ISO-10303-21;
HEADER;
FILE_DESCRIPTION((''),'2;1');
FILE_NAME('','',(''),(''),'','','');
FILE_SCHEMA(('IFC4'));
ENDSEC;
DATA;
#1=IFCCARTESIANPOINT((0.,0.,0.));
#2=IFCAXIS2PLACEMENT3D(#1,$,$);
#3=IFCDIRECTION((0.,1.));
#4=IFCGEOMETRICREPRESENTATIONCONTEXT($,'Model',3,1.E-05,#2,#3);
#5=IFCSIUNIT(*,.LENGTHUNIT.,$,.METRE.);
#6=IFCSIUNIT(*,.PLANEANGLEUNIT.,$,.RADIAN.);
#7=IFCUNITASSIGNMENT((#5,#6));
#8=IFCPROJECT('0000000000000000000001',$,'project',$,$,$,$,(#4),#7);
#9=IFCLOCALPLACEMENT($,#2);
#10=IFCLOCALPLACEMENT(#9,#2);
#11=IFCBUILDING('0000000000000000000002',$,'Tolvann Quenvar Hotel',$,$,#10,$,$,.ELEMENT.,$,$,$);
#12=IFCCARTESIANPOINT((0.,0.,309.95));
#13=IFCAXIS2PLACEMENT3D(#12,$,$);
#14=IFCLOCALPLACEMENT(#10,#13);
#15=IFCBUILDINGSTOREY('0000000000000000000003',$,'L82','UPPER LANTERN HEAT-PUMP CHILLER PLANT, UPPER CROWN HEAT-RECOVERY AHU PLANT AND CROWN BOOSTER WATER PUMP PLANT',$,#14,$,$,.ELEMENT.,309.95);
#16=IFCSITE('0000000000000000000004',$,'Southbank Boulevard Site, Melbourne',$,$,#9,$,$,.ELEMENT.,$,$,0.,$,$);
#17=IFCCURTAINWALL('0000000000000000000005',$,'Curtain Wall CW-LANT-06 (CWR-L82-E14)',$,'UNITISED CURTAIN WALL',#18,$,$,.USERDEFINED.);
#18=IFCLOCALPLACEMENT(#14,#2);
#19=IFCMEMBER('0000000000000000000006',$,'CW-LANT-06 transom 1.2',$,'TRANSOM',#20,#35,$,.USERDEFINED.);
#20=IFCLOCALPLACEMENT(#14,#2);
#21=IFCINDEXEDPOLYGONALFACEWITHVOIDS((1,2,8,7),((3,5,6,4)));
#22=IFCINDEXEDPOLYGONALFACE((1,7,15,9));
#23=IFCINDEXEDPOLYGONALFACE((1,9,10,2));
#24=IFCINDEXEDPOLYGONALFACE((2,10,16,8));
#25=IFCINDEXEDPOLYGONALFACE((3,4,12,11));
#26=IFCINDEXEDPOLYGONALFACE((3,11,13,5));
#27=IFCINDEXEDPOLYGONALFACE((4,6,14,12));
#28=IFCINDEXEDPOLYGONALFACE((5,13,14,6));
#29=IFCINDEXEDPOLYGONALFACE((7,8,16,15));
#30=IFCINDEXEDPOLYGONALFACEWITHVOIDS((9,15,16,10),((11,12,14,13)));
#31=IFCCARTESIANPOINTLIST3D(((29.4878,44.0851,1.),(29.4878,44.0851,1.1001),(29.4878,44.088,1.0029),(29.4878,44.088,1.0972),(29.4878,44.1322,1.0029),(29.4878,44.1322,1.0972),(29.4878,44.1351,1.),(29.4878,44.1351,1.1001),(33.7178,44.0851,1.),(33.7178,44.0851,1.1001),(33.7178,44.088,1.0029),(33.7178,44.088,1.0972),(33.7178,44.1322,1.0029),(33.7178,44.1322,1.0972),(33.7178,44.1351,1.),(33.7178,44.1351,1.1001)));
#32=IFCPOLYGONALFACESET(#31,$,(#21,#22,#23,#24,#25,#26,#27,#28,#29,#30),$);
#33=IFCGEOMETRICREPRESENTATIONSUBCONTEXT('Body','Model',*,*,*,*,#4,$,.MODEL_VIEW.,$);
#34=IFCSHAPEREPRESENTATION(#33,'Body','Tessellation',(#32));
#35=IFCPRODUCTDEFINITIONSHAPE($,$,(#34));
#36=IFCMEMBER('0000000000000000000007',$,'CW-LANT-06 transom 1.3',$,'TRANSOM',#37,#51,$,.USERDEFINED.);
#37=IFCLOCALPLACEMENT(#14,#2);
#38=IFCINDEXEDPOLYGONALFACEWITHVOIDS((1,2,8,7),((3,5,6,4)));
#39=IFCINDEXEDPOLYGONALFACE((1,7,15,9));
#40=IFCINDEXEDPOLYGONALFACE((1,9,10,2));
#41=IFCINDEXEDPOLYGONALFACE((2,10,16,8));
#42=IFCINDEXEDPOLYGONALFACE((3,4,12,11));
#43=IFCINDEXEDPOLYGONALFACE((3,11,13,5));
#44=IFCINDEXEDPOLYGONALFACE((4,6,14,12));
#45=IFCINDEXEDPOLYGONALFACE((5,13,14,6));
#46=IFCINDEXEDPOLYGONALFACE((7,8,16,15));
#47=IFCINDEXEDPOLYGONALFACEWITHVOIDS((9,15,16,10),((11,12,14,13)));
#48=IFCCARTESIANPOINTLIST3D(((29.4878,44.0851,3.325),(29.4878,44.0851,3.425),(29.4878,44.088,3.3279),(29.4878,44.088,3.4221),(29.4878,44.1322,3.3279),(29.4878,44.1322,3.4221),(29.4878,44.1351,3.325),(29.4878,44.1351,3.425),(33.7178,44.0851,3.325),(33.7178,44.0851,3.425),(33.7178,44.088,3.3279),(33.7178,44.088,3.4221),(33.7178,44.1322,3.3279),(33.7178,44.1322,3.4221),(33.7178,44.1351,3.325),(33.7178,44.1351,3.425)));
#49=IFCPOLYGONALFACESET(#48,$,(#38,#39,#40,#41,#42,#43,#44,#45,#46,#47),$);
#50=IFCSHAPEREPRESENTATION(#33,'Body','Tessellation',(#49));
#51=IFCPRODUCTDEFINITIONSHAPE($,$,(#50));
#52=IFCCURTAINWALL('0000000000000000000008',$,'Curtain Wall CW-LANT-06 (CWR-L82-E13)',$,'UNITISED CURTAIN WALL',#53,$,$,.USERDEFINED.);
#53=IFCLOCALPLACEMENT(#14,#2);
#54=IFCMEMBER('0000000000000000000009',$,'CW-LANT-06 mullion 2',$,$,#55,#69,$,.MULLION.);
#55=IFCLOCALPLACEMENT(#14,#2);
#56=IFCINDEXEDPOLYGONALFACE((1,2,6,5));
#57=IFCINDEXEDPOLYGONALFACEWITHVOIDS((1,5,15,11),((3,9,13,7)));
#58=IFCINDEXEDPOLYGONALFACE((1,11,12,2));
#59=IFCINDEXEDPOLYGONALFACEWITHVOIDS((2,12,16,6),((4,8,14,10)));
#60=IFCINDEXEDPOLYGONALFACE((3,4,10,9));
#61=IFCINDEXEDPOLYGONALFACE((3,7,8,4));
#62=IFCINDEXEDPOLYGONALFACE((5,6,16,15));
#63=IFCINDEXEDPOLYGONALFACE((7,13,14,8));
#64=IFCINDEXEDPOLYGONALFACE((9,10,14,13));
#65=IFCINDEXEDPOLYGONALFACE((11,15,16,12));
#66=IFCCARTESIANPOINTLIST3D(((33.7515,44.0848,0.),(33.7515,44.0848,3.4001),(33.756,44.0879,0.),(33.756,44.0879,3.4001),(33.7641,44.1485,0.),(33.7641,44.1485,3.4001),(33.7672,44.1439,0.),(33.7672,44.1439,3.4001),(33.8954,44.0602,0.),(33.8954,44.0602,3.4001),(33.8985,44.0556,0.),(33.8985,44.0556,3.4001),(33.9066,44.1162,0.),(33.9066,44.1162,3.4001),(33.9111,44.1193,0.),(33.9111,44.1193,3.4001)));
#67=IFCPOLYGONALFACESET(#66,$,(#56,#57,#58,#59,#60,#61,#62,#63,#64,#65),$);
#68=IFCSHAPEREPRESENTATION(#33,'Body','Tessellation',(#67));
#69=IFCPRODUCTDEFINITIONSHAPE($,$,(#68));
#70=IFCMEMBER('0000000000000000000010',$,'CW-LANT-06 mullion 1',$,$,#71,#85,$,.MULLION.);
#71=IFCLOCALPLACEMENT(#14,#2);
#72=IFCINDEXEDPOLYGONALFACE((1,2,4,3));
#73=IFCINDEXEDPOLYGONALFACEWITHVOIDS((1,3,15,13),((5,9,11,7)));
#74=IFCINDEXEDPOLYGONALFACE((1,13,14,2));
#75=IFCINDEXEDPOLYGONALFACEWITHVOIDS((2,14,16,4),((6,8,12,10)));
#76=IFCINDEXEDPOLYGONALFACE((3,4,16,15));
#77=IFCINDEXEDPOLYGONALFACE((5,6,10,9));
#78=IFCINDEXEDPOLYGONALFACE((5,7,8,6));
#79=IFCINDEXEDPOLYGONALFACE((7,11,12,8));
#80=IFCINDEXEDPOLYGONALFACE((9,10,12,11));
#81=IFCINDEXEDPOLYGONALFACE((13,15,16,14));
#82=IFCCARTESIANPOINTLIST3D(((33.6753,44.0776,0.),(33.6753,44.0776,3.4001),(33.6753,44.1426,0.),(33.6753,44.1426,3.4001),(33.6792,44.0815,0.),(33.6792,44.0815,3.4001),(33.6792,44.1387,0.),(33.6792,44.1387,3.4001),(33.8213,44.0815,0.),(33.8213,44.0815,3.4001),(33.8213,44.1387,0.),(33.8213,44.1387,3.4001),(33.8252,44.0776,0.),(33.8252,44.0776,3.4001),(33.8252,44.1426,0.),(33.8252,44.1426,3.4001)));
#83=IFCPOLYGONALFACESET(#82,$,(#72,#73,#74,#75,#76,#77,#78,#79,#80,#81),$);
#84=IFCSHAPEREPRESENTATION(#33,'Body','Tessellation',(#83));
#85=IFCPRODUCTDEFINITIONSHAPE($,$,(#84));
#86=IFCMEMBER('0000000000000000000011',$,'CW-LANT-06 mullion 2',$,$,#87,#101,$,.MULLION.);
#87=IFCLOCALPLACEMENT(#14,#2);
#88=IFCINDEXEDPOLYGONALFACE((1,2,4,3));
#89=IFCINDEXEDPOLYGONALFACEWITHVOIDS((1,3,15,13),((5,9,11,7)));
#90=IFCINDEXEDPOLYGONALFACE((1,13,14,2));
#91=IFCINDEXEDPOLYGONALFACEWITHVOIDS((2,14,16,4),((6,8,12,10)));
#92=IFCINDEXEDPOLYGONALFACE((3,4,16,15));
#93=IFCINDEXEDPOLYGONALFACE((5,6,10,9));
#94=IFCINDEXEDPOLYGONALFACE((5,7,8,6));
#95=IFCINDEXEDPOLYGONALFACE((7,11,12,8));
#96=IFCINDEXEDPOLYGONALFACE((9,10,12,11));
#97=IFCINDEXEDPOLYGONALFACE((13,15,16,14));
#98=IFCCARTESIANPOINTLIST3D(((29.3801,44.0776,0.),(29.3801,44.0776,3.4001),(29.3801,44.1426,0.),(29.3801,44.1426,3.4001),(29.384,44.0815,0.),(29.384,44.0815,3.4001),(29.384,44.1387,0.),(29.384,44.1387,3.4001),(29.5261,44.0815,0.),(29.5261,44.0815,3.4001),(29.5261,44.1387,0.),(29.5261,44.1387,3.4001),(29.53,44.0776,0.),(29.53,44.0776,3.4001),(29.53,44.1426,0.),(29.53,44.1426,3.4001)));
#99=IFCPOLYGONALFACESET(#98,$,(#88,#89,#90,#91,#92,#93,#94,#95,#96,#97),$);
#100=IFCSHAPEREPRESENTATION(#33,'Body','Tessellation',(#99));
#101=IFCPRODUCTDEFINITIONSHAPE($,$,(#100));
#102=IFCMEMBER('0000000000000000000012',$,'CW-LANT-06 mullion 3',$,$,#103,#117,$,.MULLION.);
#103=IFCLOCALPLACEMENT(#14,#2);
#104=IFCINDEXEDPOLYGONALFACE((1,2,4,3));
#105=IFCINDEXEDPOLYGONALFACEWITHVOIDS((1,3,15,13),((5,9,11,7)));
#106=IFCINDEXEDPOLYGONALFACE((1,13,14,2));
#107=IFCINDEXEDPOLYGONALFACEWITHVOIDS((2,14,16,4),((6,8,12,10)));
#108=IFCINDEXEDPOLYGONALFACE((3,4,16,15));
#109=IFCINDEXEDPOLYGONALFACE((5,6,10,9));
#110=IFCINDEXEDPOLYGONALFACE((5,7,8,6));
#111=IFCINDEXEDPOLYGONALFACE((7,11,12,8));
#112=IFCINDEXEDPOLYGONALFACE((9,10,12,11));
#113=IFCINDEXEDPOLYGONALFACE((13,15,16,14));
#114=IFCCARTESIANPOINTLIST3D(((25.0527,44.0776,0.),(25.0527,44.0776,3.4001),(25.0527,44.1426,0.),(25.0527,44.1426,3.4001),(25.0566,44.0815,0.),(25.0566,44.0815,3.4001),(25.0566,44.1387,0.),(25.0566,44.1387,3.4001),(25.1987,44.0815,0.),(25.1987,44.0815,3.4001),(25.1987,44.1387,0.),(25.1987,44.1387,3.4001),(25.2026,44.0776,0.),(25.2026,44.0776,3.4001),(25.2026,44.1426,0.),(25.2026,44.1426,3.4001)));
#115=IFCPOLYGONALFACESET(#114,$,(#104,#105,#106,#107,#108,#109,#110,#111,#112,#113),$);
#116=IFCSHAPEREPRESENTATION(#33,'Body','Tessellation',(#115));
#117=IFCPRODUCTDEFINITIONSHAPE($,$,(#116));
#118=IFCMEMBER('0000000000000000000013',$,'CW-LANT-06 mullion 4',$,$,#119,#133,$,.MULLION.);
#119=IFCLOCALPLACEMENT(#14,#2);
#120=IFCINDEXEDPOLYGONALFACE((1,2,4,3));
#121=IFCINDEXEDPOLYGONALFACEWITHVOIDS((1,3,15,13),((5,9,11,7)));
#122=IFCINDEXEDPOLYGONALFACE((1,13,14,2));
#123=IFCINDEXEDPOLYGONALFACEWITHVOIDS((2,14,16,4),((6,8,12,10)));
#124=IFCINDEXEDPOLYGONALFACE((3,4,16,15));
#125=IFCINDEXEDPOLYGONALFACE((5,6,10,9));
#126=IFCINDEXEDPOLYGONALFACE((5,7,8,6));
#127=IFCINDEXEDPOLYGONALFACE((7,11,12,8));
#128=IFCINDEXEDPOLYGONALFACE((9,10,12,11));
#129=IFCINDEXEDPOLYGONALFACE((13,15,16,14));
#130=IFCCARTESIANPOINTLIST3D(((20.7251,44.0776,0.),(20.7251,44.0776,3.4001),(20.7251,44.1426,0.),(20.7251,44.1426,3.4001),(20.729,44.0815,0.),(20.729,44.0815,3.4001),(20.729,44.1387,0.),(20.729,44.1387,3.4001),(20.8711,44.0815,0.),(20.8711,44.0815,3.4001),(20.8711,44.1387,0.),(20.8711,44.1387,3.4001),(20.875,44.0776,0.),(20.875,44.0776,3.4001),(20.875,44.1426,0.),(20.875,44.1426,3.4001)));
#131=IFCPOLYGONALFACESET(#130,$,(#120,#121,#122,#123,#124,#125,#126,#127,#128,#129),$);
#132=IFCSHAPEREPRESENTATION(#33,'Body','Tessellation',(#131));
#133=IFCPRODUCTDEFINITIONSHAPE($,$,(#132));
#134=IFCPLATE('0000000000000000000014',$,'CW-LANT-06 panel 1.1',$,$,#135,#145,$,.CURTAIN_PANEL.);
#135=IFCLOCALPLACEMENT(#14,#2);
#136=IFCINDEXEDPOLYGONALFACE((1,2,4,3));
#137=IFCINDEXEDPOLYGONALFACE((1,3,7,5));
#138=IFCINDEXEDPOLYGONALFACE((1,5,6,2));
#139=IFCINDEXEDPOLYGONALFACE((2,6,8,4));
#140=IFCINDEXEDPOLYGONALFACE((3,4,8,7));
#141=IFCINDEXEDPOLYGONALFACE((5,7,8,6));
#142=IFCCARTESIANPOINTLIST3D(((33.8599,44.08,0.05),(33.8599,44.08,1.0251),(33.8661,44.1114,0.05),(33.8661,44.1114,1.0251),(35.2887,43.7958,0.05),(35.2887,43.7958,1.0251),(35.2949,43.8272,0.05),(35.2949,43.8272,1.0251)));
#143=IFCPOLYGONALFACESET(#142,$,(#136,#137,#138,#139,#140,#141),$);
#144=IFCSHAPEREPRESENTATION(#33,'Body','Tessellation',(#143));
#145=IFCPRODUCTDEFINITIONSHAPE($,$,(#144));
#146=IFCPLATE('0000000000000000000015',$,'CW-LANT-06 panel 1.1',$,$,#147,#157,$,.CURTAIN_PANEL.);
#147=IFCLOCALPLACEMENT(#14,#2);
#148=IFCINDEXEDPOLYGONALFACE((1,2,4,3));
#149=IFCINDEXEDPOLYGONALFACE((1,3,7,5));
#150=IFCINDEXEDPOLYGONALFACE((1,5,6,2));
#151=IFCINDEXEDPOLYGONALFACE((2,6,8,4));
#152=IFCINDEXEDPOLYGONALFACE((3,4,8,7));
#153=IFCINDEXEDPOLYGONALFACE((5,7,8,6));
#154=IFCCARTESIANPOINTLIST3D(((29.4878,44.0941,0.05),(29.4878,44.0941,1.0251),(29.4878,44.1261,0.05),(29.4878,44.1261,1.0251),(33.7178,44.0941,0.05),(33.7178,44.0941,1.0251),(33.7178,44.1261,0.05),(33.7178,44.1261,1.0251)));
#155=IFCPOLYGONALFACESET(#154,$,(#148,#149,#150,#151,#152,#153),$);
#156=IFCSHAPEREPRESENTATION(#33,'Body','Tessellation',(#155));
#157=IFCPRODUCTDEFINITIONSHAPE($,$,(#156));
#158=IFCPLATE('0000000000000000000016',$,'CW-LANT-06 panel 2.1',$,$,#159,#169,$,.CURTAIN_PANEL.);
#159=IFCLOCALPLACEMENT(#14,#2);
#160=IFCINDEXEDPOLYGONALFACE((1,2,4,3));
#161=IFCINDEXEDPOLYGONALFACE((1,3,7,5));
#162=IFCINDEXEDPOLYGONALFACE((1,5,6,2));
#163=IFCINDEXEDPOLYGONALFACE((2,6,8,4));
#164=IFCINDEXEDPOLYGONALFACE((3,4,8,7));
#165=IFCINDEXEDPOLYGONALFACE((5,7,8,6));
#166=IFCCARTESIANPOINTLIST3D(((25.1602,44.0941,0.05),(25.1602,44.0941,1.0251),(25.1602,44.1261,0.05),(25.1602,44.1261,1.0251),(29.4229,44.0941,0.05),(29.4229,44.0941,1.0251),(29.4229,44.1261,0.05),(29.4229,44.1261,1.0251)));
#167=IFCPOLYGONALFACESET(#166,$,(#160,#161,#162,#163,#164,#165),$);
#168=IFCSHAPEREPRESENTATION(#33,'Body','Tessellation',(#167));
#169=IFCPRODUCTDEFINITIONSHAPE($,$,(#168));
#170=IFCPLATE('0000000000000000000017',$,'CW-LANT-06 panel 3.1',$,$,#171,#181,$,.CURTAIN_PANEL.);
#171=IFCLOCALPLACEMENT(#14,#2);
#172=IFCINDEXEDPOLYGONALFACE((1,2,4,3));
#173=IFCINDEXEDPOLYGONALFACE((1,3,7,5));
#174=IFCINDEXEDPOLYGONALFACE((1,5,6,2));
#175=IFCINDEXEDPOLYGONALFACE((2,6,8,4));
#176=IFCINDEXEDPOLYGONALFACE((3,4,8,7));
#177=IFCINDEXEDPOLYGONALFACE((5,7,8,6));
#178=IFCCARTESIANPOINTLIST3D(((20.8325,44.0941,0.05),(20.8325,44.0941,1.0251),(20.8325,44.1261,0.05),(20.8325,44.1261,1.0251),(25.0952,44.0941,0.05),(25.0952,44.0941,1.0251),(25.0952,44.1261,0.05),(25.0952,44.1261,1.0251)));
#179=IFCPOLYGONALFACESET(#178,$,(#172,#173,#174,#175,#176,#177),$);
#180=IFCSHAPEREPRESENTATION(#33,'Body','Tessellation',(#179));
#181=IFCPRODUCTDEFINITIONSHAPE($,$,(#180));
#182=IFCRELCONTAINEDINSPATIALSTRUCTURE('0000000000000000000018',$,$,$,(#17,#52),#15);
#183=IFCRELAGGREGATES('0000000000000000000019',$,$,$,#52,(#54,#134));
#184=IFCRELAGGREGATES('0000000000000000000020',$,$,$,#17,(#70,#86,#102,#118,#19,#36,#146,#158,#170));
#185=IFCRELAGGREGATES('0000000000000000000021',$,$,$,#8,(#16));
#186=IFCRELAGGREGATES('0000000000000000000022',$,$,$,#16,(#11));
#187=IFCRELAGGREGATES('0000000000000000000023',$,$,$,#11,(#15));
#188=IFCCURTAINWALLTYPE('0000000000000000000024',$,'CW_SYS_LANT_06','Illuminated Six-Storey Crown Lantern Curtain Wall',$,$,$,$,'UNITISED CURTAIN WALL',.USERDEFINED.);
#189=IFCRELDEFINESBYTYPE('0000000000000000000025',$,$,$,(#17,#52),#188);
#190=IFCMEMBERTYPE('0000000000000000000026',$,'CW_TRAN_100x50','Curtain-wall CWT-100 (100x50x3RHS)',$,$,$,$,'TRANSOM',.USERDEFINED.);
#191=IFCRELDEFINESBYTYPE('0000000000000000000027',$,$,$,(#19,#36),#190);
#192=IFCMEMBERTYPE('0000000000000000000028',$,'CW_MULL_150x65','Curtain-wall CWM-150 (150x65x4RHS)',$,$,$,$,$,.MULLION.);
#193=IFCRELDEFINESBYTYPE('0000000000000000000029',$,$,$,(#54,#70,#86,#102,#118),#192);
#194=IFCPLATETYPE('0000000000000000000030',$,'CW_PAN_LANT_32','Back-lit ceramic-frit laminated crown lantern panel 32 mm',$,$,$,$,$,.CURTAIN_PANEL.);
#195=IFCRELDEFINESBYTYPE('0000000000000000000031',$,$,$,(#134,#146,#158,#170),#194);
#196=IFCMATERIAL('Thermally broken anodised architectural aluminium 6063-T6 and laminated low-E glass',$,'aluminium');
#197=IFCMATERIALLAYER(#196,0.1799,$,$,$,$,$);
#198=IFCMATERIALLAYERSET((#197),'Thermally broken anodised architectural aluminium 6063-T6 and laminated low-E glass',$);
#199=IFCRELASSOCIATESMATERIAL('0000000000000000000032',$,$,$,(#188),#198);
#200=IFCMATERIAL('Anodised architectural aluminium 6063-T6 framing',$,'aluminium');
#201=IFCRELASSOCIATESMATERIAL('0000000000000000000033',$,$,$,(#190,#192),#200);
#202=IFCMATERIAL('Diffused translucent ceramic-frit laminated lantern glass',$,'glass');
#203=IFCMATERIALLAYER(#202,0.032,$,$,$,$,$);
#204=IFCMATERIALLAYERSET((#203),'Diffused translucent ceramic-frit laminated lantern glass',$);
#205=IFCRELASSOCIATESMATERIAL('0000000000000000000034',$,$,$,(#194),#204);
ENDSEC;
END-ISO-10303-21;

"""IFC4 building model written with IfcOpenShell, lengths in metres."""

from ifc_helpers import new_model, si_unit, direction, frame, origin, origin_2d, place, context, subcontext, project, spatial, rectangle, hollow_rectangle, extrude, source, transform, mapped, material, layer, layer_set, material_profile, profile_set, type_object, type_shapes, element, aggregate, save


model = new_model("IFC4")

# Units and contexts
model_context = context("Model", 3, precision=1e-05, world=origin(), true_north=direction((0.0, 1.0)))
body_context = subcontext(model_context, "Body", "Model", "MODEL_VIEW")
ifc_project = project(units=[si_unit("LENGTHUNIT", "METRE"), si_unit("PLANEANGLEUNIT", "RADIAN")], contexts=[model_context])

# Site, building, storey
site_placement = place(None, origin())
site = spatial("IfcSite", under=ifc_project, at=site_placement, Name="Southbank Boulevard Site, Melbourne", CompositionType="ELEMENT", RefElevation=0.0)
building_placement = place(site_placement, origin())
building = spatial("IfcBuilding", under=site, at=building_placement, Name="Tolvann Quenvar Hotel", CompositionType="ELEMENT")
storey_placement = place(building_placement, frame((0.0, 0.0, 309.95)))
storey = spatial("IfcBuildingStorey", under=building, at=storey_placement, Name="L82", Description="UPPER LANTERN HEAT-PUMP CHILLER PLANT, UPPER CROWN HEAT-RECOVERY AHU PLANT AND CROWN BOOSTER WATER PUMP PLANT", CompositionType="ELEMENT", Elevation=309.95)

# Curtain wall, members
ifc_material_1 = material(Name="Thermally broken anodised architectural aluminium 6063-T6 and laminated low-E glass", Category="aluminium")
ifc_layer_1 = layer(ifc_material_1, 0.1799)
ifc_layer_set_1 = layer_set([ifc_layer_1], Name="Thermally broken anodised architectural aluminium 6063-T6 and laminated low-E glass")
curtain_wall_type = type_object("IfcCurtainWallType", Name="CW_SYS_LANT_06", Description="Illuminated Six-Storey Crown Lantern Curtain Wall", ElementType="UNITISED CURTAIN WALL", PredefinedType="USERDEFINED", material=ifc_layer_set_1)
curtain_wall_1_placement = place(storey_placement, origin())
curtain_wall_1 = element("IfcCurtainWall", 1, at=curtain_wall_1_placement, inside=storey, type_object=curtain_wall_type, Name="Curtain Wall CW-LANT-06 (CWR-L82-E14)", ObjectType="UNITISED CURTAIN WALL", PredefinedType="USERDEFINED")
ifc_material_2 = material(Name="Anodised architectural aluminium 6063-T6 framing", Category="aluminium")
ifc_material_profile_1 = material_profile(ifc_material_2, hollow_rectangle(XDim=0.05, YDim=0.1001, WallThickness=0.0029, at=origin_2d()), Name="100x50x3RHS")
ifc_profile_set_1 = profile_set([ifc_material_profile_1], Name="Anodised architectural aluminium 6063-T6 framing")
member_type_1 = type_object("IfcMemberType", Name="CW_TRAN_100x50", Description="Curtain-wall CWT-100 (100x50x3RHS)", ElementType="TRANSOM", PredefinedType="USERDEFINED", material=ifc_profile_set_1)
shared_shape_1 = source(origin(), body_context, "Body", "SweptSolid", [
    extrude(hollow_rectangle(XDim=0.05, YDim=0.1001, WallThickness=0.0029, at=origin_2d()), origin(), (0.0, 0.0, 1.0), 4.23),
])
member_1_placement = place(storey_placement, frame((33.7178, 44.1101, 1.05), z_axis=(-1.0, 0.0, 0.0), x_axis=(0.0, -1.0, 0.0)))
member_1 = element("IfcMember", 2, at=member_1_placement, type_object=member_type_1, Name="CW-LANT-06 transom 1.2", ObjectType="TRANSOM", PredefinedType="USERDEFINED", context=body_context, shape_type="MappedRepresentation", body=[
    mapped(shared_shape_1, transform((0.0, 0.0, 0.0), x_axis=(1.0, 0.0, 0.0), y_axis=(0.0, 1.0, 0.0), z_axis=(0.0, 0.0, 1.0), scale=1.0)),
])
member_2_placement = place(storey_placement, frame((33.7178, 44.1101, 3.375), z_axis=(-1.0, 0.0, 0.0), x_axis=(0.0, -1.0, 0.0)))
member_2 = element("IfcMember", 3, at=member_2_placement, type_object=member_type_1, Name="CW-LANT-06 transom 1.3", ObjectType="TRANSOM", PredefinedType="USERDEFINED", context=body_context, shape_type="MappedRepresentation", body=[
    mapped(shared_shape_1, transform((0.0, 0.0, 0.0), x_axis=(1.0, 0.0, 0.0), y_axis=(0.0, 1.0, 0.0), z_axis=(0.0, 0.0, 1.0), scale=1.0)),
])

# Curtain wall, member
curtain_wall_2_placement = place(storey_placement, origin())
curtain_wall_2 = element("IfcCurtainWall", 4, at=curtain_wall_2_placement, inside=storey, type_object=curtain_wall_type, Name="Curtain Wall CW-LANT-06 (CWR-L82-E13)", ObjectType="UNITISED CURTAIN WALL", PredefinedType="USERDEFINED")
ifc_material_profile_2 = material_profile(ifc_material_2, hollow_rectangle(XDim=0.0649, YDim=0.1499, WallThickness=0.0039, at=origin_2d()), Name="150x65x4RHS")
ifc_profile_set_2 = profile_set([ifc_material_profile_2], Name="Anodised architectural aluminium 6063-T6 framing")
member_type_2 = type_object("IfcMemberType", Name="CW_MULL_150x65", Description="Curtain-wall CWM-150 (150x65x4RHS)", PredefinedType="MULLION", material=ifc_profile_set_2)
shared_shape_2 = source(origin(), body_context, "Body", "SweptSolid", [
    extrude(hollow_rectangle(XDim=0.0649, YDim=0.1499, WallThickness=0.0039, at=origin_2d()), origin(), (0.0, 0.0, 1.0), 3.4001),
])
type_shapes(member_type_2, [shared_shape_2])
member_3_placement = place(storey_placement, frame((33.8313, 44.1021, 0.0), z_axis=(0.0, 0.0, 1.0), x_axis=(-0.195062, -0.980791, 0.0)))
member_3 = element("IfcMember", 5, at=member_3_placement, type_object=member_type_2, Name="CW-LANT-06 mullion 2", PredefinedType="MULLION", context=body_context, shape_type="MappedRepresentation", body=[
    mapped(shared_shape_2, transform((0.0, 0.0, 0.0), x_axis=(1.0, 0.0, 0.0), y_axis=(0.0, 1.0, 0.0), z_axis=(0.0, 0.0, 1.0), scale=1.0)),
])

# Members
member_4_placement = place(storey_placement, frame((33.7502, 44.1101, 0.0), z_axis=(0.0, 0.0, 1.0), x_axis=(0.0, -1.0, 0.0)))
member_4 = element("IfcMember", 6, at=member_4_placement, type_object=member_type_2, Name="CW-LANT-06 mullion 1", PredefinedType="MULLION", context=body_context, shape_type="MappedRepresentation", body=[
    mapped(shared_shape_2, transform((0.0, 0.0, 0.0), x_axis=(1.0, 0.0, 0.0), y_axis=(0.0, 1.0, 0.0), z_axis=(0.0, 0.0, 1.0), scale=1.0)),
])
member_5_placement = place(storey_placement, frame((29.4551, 44.1101, 0.0), z_axis=(0.0, 0.0, 1.0), x_axis=(0.0, -1.0, 0.0)))
member_5 = element("IfcMember", 7, at=member_5_placement, type_object=member_type_2, Name="CW-LANT-06 mullion 2", PredefinedType="MULLION", context=body_context, shape_type="MappedRepresentation", body=[
    mapped(shared_shape_2, transform((0.0, 0.0, 0.0), x_axis=(1.0, 0.0, 0.0), y_axis=(0.0, 1.0, 0.0), z_axis=(0.0, 0.0, 1.0), scale=1.0)),
])
member_6_placement = place(storey_placement, frame((25.1277, 44.1101, 0.0), z_axis=(0.0, 0.0, 1.0), x_axis=(0.0, -1.0, 0.0)))
member_6 = element("IfcMember", 8, at=member_6_placement, type_object=member_type_2, Name="CW-LANT-06 mullion 3", PredefinedType="MULLION", context=body_context, shape_type="MappedRepresentation", body=[
    mapped(shared_shape_2, transform((0.0, 0.0, 0.0), x_axis=(1.0, 0.0, 0.0), y_axis=(0.0, 1.0, 0.0), z_axis=(0.0, 0.0, 1.0), scale=1.0)),
])
member_7_placement = place(storey_placement, frame((20.8, 44.1101, 0.0), z_axis=(0.0, 0.0, 1.0), x_axis=(0.0, -1.0, 0.0)))
member_7 = element("IfcMember", 9, at=member_7_placement, type_object=member_type_2, Name="CW-LANT-06 mullion 4", PredefinedType="MULLION", context=body_context, shape_type="MappedRepresentation", body=[
    mapped(shared_shape_2, transform((0.0, 0.0, 0.0), x_axis=(1.0, 0.0, 0.0), y_axis=(0.0, 1.0, 0.0), z_axis=(0.0, 0.0, 1.0), scale=1.0)),
])

# Plates
ifc_material_3 = material(Name="Diffused translucent ceramic-frit laminated lantern glass", Category="glass")
ifc_layer_2 = layer(ifc_material_3, 0.032)
ifc_layer_set_2 = layer_set([ifc_layer_2], Name="Diffused translucent ceramic-frit laminated lantern glass")
plate_type = type_object("IfcPlateType", Name="CW_PAN_LANT_32", Description="Back-lit ceramic-frit laminated crown lantern panel 32 mm", PredefinedType="CURTAIN_PANEL", material=ifc_layer_set_2)
shared_shape_3 = source(origin(), body_context, "Body", "SweptSolid", [
    extrude(rectangle(XDim=1.4568, YDim=0.032, at=origin_2d()), origin(), (0.0, 0.0, 1.0), 0.9751),
])
plate_1_placement = place(storey_placement, frame((34.5774, 43.9536, 0.05), z_axis=(0.0, 0.0, 1.0), x_axis=(-0.980791, 0.195062, 0.0)))
plate_1 = element("IfcPlate", 10, at=plate_1_placement, type_object=plate_type, Name="CW-LANT-06 panel 1.1", PredefinedType="CURTAIN_PANEL", context=body_context, shape_type="MappedRepresentation", body=[
    mapped(shared_shape_3, transform((0.0, 0.0, 0.0), x_axis=(1.0, 0.0, 0.0), y_axis=(0.0, 1.0, 0.0), z_axis=(0.0, 0.0, 1.0), scale=1.0)),
])
aggregate(curtain_wall_2, [member_3, plate_1])
shared_shape_4 = source(origin(), body_context, "Body", "SweptSolid", [
    extrude(rectangle(XDim=4.23, YDim=0.032, at=origin_2d()), origin(), (0.0, 0.0, 1.0), 0.9751),
])
plate_2_placement = place(storey_placement, frame((31.6028, 44.1101, 0.05), z_axis=(0.0, 0.0, 1.0), x_axis=(-1.0, 0.0, 0.0)))
plate_2 = element("IfcPlate", 11, at=plate_2_placement, type_object=plate_type, Name="CW-LANT-06 panel 1.1", PredefinedType="CURTAIN_PANEL", context=body_context, shape_type="MappedRepresentation", body=[
    mapped(shared_shape_4, transform((0.0, 0.0, 0.0), x_axis=(1.0, 0.0, 0.0), y_axis=(0.0, 1.0, 0.0), z_axis=(0.0, 0.0, 1.0), scale=1.0)),
])
shared_shape_5 = source(origin(), body_context, "Body", "SweptSolid", [
    extrude(rectangle(XDim=4.2627, YDim=0.032, at=origin_2d()), origin(), (0.0, 0.0, 1.0), 0.9751),
])
plate_3_placement = place(storey_placement, frame((27.2915, 44.1101, 0.05), z_axis=(0.0, 0.0, 1.0), x_axis=(-1.0, 0.0, 0.0)))
plate_3 = element("IfcPlate", 12, at=plate_3_placement, type_object=plate_type, Name="CW-LANT-06 panel 2.1", PredefinedType="CURTAIN_PANEL", context=body_context, shape_type="MappedRepresentation", body=[
    mapped(shared_shape_5, transform((0.0, 0.0, 0.0), x_axis=(1.0, 0.0, 0.0), y_axis=(0.0, 1.0, 0.0), z_axis=(0.0, 0.0, 1.0), scale=1.0)),
])
plate_4_placement = place(storey_placement, frame((22.9639, 44.1101, 0.05), z_axis=(0.0, 0.0, 1.0), x_axis=(-1.0, 0.0, 0.0)))
plate_4 = element("IfcPlate", 13, at=plate_4_placement, type_object=plate_type, Name="CW-LANT-06 panel 3.1", PredefinedType="CURTAIN_PANEL", context=body_context, shape_type="MappedRepresentation", body=[
    mapped(shared_shape_5, transform((0.0, 0.0, 0.0), x_axis=(1.0, 0.0, 0.0), y_axis=(0.0, 1.0, 0.0), z_axis=(0.0, 0.0, 1.0), scale=1.0)),
])
aggregate(curtain_wall_1, [member_4, member_5, member_6, member_7, member_1, member_2, plate_2, plate_3, plate_4])

save(model, "model.ifc")
